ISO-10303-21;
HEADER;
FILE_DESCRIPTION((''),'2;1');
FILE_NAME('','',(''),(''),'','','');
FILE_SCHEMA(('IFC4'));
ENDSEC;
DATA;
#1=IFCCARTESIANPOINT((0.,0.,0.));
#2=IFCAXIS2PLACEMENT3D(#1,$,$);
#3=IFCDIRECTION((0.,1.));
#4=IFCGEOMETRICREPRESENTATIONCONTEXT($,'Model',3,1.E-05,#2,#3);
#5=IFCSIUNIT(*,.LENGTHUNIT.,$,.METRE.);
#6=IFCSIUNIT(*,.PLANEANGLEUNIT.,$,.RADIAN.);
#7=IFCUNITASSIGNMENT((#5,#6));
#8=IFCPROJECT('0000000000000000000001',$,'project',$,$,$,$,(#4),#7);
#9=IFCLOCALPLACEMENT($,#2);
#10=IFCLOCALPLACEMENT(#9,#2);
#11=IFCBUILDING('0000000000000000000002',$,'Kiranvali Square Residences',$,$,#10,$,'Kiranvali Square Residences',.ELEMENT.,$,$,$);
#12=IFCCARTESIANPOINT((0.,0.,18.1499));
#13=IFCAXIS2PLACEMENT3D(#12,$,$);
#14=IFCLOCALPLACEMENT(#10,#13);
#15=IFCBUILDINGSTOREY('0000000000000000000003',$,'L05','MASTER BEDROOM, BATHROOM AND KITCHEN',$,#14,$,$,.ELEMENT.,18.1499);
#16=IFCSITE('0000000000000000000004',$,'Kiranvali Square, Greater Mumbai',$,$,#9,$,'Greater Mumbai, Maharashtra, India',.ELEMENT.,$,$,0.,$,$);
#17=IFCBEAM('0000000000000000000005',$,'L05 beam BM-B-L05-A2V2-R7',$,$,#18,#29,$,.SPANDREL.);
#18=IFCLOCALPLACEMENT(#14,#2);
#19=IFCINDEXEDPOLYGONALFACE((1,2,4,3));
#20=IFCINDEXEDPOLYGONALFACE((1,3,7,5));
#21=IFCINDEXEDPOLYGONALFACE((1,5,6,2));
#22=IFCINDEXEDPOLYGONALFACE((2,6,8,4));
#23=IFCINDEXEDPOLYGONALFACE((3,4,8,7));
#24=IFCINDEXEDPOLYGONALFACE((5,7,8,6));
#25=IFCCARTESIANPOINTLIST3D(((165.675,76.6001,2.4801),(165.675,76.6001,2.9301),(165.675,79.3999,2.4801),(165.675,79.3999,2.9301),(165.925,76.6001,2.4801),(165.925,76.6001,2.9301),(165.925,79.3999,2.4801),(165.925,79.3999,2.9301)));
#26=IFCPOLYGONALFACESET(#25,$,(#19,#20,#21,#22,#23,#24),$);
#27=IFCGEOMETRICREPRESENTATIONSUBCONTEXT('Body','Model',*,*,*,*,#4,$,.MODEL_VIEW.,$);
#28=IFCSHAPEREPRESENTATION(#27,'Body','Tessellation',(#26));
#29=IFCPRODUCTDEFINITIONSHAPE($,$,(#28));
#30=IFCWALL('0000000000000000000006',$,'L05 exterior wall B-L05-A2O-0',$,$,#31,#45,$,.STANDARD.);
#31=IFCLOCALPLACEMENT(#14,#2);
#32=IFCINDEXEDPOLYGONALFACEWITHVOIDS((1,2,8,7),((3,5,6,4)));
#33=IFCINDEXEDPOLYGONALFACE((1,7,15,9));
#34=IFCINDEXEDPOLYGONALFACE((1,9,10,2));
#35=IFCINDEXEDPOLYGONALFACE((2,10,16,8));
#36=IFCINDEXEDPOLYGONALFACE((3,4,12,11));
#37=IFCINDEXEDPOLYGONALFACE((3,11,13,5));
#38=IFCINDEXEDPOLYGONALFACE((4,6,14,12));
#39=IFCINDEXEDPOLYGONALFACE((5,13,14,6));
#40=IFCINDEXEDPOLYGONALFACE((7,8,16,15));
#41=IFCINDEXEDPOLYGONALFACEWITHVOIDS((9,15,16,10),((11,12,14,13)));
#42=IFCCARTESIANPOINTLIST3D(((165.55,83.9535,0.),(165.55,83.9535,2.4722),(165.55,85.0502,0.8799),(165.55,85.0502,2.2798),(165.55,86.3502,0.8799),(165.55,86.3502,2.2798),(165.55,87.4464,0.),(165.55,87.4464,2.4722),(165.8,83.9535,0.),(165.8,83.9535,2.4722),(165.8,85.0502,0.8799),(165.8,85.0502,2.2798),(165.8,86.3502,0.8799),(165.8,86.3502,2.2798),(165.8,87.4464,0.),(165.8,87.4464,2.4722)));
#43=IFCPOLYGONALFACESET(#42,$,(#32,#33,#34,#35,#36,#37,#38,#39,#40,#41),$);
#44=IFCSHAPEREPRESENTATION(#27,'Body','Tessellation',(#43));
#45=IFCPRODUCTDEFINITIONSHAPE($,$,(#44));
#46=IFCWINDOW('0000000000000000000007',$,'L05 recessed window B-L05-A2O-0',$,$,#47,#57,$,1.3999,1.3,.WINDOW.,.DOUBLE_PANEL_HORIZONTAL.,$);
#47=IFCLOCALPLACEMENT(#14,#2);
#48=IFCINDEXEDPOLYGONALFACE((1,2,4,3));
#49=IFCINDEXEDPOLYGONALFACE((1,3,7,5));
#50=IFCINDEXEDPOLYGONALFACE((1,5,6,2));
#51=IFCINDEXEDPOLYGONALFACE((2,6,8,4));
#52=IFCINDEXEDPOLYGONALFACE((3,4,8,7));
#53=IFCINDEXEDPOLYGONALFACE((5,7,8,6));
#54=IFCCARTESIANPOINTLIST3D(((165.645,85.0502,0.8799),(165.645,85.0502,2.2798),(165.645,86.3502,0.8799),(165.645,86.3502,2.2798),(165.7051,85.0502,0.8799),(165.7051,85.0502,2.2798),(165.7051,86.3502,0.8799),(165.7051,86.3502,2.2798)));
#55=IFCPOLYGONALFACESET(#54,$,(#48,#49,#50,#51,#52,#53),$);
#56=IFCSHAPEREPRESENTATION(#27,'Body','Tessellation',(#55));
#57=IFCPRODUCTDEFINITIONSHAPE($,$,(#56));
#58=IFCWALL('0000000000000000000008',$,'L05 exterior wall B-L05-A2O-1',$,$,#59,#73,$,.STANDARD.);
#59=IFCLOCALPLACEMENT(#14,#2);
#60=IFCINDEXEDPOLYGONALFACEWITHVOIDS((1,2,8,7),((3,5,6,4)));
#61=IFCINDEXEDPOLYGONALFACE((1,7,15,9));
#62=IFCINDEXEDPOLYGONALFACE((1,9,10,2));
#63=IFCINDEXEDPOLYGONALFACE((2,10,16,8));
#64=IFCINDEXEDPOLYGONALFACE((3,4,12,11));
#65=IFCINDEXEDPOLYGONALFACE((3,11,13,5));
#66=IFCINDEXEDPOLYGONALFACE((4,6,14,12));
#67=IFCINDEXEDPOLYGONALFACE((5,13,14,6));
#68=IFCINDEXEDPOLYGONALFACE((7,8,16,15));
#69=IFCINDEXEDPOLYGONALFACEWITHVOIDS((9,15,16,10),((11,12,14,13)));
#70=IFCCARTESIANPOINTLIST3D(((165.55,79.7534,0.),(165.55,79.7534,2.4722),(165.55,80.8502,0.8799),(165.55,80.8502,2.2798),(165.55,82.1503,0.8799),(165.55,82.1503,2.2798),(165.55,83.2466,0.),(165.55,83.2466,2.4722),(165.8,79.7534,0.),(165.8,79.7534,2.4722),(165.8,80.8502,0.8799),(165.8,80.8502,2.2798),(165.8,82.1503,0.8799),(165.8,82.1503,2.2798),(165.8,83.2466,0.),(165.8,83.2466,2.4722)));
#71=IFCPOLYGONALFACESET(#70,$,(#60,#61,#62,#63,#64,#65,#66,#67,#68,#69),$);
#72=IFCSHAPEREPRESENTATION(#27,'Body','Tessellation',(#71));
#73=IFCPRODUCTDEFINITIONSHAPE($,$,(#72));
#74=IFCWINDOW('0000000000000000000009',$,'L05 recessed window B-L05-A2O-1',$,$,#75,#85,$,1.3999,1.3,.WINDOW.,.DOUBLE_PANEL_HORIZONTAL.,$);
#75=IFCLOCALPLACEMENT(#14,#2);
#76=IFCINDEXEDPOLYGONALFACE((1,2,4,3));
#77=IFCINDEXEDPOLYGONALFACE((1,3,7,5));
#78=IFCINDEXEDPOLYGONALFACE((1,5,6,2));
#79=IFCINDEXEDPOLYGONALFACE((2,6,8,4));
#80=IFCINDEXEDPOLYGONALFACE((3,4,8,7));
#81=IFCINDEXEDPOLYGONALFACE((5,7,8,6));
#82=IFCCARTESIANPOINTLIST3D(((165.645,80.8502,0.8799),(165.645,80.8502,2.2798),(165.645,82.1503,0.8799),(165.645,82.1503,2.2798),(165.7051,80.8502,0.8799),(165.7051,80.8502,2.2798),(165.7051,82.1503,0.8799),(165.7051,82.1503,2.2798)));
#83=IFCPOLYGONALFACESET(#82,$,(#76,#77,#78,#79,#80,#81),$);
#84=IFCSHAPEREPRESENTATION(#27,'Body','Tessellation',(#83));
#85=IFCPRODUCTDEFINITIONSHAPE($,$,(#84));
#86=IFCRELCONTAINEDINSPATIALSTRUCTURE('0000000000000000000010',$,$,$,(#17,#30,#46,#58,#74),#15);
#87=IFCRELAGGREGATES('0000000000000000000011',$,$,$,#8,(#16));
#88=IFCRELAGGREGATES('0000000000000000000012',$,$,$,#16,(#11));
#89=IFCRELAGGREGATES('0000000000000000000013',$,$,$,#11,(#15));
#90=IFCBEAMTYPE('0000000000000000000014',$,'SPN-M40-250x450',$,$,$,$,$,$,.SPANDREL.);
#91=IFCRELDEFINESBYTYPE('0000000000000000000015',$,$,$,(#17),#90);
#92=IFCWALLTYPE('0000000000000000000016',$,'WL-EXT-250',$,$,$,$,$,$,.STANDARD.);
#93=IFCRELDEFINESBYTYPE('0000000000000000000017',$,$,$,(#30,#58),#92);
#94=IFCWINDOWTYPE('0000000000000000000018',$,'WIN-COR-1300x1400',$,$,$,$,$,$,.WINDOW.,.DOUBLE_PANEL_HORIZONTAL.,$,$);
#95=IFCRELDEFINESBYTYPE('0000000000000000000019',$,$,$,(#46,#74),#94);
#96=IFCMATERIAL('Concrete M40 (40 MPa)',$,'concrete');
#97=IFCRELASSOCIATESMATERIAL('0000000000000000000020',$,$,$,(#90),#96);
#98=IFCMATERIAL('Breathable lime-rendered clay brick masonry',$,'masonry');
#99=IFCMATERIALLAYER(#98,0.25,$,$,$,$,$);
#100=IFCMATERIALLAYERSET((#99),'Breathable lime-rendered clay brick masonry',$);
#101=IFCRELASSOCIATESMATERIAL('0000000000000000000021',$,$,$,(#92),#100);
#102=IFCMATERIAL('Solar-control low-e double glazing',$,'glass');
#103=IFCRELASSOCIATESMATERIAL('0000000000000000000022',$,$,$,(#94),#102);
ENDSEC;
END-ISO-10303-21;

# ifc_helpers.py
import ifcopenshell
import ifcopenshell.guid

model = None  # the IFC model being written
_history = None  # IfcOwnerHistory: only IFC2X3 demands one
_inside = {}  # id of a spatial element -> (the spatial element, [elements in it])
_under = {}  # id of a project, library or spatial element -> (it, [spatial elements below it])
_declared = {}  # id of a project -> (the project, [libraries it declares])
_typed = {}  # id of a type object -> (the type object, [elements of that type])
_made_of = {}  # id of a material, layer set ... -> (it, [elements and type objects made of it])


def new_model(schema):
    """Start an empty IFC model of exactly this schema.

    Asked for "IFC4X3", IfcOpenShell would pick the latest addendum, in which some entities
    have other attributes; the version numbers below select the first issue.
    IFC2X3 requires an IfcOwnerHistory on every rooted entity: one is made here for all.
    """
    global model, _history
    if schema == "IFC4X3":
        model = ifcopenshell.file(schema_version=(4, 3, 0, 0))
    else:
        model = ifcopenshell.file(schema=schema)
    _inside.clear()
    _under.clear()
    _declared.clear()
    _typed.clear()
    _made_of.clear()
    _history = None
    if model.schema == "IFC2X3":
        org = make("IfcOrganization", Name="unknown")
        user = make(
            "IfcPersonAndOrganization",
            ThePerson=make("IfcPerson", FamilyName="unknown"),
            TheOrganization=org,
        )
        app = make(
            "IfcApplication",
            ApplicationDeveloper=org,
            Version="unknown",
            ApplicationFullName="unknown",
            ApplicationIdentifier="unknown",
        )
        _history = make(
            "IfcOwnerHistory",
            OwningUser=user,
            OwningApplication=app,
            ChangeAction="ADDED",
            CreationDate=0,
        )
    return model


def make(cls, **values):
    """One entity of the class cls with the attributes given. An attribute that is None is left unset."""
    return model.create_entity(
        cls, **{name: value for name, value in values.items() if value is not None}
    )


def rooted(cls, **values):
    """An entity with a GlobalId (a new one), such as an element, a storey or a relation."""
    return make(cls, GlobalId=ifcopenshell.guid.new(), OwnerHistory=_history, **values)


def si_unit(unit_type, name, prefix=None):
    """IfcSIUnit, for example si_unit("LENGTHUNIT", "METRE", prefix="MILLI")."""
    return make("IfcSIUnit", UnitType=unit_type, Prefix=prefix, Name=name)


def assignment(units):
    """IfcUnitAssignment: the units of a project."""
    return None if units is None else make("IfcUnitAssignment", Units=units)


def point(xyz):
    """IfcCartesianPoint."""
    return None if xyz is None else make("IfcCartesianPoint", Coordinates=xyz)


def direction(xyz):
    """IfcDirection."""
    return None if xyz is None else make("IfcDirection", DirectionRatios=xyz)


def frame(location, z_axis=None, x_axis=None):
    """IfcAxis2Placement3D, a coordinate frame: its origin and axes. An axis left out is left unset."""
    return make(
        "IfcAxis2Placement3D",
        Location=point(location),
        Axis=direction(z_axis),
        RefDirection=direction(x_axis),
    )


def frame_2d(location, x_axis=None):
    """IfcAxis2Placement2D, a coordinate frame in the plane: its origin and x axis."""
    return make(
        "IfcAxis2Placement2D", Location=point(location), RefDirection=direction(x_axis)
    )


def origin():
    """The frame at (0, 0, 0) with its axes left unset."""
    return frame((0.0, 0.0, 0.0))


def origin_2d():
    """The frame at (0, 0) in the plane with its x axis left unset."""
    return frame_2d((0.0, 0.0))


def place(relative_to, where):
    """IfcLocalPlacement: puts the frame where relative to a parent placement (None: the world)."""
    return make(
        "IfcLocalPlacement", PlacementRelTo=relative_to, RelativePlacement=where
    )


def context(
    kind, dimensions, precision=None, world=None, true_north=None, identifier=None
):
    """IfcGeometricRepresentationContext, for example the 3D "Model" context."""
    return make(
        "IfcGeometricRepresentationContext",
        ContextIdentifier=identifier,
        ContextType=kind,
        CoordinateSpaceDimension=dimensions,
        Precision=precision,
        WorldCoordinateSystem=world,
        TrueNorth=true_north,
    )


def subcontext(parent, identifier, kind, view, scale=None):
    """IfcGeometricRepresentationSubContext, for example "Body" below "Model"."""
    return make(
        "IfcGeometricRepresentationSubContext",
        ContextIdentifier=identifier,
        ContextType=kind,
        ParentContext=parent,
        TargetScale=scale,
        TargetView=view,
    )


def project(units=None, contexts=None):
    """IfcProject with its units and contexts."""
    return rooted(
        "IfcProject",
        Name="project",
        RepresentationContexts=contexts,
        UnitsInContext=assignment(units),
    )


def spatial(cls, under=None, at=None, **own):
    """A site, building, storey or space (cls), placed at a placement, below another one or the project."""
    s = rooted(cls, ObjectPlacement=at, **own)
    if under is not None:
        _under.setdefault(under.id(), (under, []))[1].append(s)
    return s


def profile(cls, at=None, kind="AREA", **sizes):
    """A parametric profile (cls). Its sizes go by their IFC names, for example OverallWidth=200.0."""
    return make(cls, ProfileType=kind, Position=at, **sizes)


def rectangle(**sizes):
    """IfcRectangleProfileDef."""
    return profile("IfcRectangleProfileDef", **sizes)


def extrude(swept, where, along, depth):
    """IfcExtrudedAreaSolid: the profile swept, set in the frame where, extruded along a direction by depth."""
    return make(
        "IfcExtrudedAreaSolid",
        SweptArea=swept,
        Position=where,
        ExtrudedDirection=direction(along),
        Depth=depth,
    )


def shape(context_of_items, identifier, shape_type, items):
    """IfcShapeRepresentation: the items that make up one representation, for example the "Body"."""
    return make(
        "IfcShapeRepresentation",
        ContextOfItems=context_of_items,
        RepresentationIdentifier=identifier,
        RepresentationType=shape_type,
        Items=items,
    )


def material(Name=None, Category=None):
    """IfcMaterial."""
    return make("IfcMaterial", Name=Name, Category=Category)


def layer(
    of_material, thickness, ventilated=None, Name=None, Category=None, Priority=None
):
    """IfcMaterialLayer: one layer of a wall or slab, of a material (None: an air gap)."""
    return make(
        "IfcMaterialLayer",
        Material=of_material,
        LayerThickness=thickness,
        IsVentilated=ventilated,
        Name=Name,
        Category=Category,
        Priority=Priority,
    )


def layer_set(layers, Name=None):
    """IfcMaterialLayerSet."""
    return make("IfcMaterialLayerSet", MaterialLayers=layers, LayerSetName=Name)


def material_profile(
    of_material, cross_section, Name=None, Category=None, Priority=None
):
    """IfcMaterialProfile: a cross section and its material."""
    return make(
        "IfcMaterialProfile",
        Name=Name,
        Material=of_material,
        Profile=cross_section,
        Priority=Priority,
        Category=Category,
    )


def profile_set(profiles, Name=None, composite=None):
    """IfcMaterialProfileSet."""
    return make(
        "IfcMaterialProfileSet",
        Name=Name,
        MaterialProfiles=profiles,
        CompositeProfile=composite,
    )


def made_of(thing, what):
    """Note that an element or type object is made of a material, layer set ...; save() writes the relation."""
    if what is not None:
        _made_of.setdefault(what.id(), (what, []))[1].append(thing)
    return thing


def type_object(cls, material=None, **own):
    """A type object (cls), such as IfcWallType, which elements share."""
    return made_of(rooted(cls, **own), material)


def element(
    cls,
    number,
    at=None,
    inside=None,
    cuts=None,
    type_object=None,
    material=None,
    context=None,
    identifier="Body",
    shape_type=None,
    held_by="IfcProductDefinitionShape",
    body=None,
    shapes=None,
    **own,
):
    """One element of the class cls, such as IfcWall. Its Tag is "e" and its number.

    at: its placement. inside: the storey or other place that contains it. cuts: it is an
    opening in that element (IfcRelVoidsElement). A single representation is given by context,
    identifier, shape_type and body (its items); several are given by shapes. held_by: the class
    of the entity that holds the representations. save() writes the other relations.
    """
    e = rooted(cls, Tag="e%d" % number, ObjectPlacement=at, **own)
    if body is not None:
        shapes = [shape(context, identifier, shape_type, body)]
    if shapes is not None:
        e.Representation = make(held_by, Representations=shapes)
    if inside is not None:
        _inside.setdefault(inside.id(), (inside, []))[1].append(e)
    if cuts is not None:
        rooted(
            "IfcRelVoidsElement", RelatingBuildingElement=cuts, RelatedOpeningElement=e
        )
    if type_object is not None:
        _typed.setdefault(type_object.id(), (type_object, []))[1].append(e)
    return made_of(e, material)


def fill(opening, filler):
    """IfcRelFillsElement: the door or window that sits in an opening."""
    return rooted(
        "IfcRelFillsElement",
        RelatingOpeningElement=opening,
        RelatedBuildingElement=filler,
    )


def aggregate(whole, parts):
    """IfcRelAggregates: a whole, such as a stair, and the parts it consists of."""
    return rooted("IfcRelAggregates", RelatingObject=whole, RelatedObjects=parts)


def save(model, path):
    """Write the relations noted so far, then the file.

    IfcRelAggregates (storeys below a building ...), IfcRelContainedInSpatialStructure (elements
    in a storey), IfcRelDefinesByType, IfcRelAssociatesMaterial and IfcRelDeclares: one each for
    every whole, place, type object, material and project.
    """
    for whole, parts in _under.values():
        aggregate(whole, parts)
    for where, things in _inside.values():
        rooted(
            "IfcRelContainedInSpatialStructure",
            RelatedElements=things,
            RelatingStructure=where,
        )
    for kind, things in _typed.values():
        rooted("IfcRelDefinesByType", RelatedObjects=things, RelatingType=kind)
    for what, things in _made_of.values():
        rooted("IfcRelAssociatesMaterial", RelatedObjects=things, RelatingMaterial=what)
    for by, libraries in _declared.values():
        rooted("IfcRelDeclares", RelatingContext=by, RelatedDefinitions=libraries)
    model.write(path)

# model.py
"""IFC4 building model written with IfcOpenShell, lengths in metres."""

from ifc_helpers import new_model, si_unit, direction, frame, frame_2d, origin, origin_2d, place, context, subcontext, project, spatial, rectangle, extrude, material, layer, layer_set, material_profile, profile_set, type_object, element, fill, save


model = new_model("IFC4")

# Units and contexts
model_context = context("Model", 3, precision=1e-05, world=origin(), true_north=direction((0.0, 1.0)))
body_context = subcontext(model_context, "Body", "Model", "MODEL_VIEW")
ifc_project = project(units=[si_unit("LENGTHUNIT", "METRE"), si_unit("PLANEANGLEUNIT", "RADIAN")], contexts=[model_context])

# Site, building, storey
site_placement = place(None, origin())
site = spatial("IfcSite", under=ifc_project, at=site_placement, Name="Kiranvali Square, Greater Mumbai", LongName="Greater Mumbai, Maharashtra, India", CompositionType="ELEMENT", RefElevation=0.0)
building_placement = place(site_placement, origin())
building = spatial("IfcBuilding", under=site, at=building_placement, Name="Kiranvali Square Residences", LongName="Kiranvali Square Residences", CompositionType="ELEMENT")
storey_placement = place(building_placement, frame((0.0, 0.0, 18.1499)))
storey = spatial("IfcBuildingStorey", under=building, at=storey_placement, Name="L05", Description="MASTER BEDROOM, BATHROOM AND KITCHEN", CompositionType="ELEMENT", Elevation=18.1499)

# Beam
ifc_material_1 = material(Name="Concrete M40 (40 MPa)", Category="concrete")
ifc_material_profile_1 = material_profile(ifc_material_1, rectangle(XDim=0.25, YDim=0.45, at=origin_2d()), Name="RC 250x450")
ifc_profile_set_1 = profile_set([ifc_material_profile_1], Name="Concrete M40 (40 MPa)")
beam_type_1 = type_object("IfcBeamType", Name="SPN-M40-250x450", PredefinedType="SPANDREL", material=ifc_profile_set_1)
beam_1_placement = place(storey_placement, frame((165.8, 79.3999, 2.7051), z_axis=(0.0, -1.0, 0.0), x_axis=(1.0, 0.0, 0.0)))
element("IfcBeam", 1, at=beam_1_placement, inside=storey, type_object=beam_type_1, Name="L05 beam BM-B-L05-A2V2-R7", PredefinedType="SPANDREL", context=body_context, shape_type="SweptSolid", body=[
    extrude(rectangle(XDim=0.25, YDim=0.45, at=origin_2d()), origin(), (0.0, 0.0, 1.0), 2.7998),
])

# Walls, openings, windows
ifc_material_2 = material(Name="Breathable lime-rendered clay brick masonry", Category="masonry")
ifc_layer = layer(ifc_material_2, 0.25)
ifc_layer_set = layer_set([ifc_layer], Name="Breathable lime-rendered clay brick masonry")
wall_type = type_object("IfcWallType", Name="WL-EXT-250", PredefinedType="STANDARD", material=ifc_layer_set)
wall_1_placement = place(storey_placement, frame((165.675, 87.4465, 0.0), z_axis=(0.0, 0.0, 1.0), x_axis=(0.0, -1.0, 0.0)))
wall_1 = element("IfcWall", 2, at=wall_1_placement, inside=storey, type_object=wall_type, Name="L05 exterior wall B-L05-A2O-0", PredefinedType="STANDARD", context=body_context, shape_type="SweptSolid", body=[
    extrude(rectangle(XDim=3.4929, YDim=0.25, at=frame_2d((1.7466, 0.0))), origin(), (0.0, 0.0, 1.0), 2.4722),
])
opening_1_placement = place(wall_1_placement, frame((1.0964, 0.0, 0.8799)))
opening_1 = element("IfcOpeningElement", 3, at=opening_1_placement, cuts=wall_1, PredefinedType="OPENING", context=body_context, shape_type="SweptSolid", body=[
    extrude(rectangle(XDim=1.3, YDim=1.3999, at=frame_2d((0.6499, 0.7))), frame((0.0, 0.135, 0.0), z_axis=(0.0, -1.0, 0.0), x_axis=(1.0, 0.0, 0.0)), (0.0, 0.0, 1.0), 0.27),
])
ifc_material_3 = material(Name="Solar-control low-e double glazing", Category="glass")
window_type = type_object("IfcWindowType", Name="WIN-COR-1300x1400", PartitioningType="DOUBLE_PANEL_HORIZONTAL", PredefinedType="WINDOW", material=ifc_material_3)
window_1_placement = place(opening_1_placement, origin())
window_1 = element("IfcWindow", 4, at=window_1_placement, inside=storey, type_object=window_type, Name="L05 recessed window B-L05-A2O-0", OverallHeight=1.3999, OverallWidth=1.3, PartitioningType="DOUBLE_PANEL_HORIZONTAL", PredefinedType="WINDOW", context=body_context, shape_type="SweptSolid", body=[
    extrude(rectangle(XDim=1.3, YDim=1.3999, at=frame_2d((0.6499, 0.7))), frame((0.0, 0.03, 0.0), z_axis=(0.0, -1.0, 0.0), x_axis=(1.0, 0.0, 0.0)), (0.0, 0.0, 1.0), 0.0601),
])
fill(opening_1, window_1)
wall_2_placement = place(storey_placement, frame((165.675, 83.2466, 0.0), z_axis=(0.0, 0.0, 1.0), x_axis=(0.0, -1.0, 0.0)))
wall_2 = element("IfcWall", 5, at=wall_2_placement, inside=storey, type_object=wall_type, Name="L05 exterior wall B-L05-A2O-1", PredefinedType="STANDARD", context=body_context, shape_type="SweptSolid", body=[
    extrude(rectangle(XDim=3.4932, YDim=0.25, at=frame_2d((1.7466, 0.0))), origin(), (0.0, 0.0, 1.0), 2.4722),
])
opening_2_placement = place(wall_2_placement, frame((1.0964, 0.0, 0.8799)))
opening_2 = element("IfcOpeningElement", 6, at=opening_2_placement, cuts=wall_2, PredefinedType="OPENING", context=body_context, shape_type="SweptSolid", body=[
    extrude(rectangle(XDim=1.3, YDim=1.3999, at=frame_2d((0.6499, 0.7))), frame((0.0, 0.135, 0.0), z_axis=(0.0, -1.0, 0.0), x_axis=(1.0, 0.0, 0.0)), (0.0, 0.0, 1.0), 0.27),
])
window_2_placement = place(opening_2_placement, origin())
window_2 = element("IfcWindow", 7, at=window_2_placement, inside=storey, type_object=window_type, Name="L05 recessed window B-L05-A2O-1", OverallHeight=1.3999, OverallWidth=1.3, PartitioningType="DOUBLE_PANEL_HORIZONTAL", PredefinedType="WINDOW", context=body_context, shape_type="SweptSolid", body=[
    extrude(rectangle(XDim=1.3, YDim=1.3999, at=frame_2d((0.6499, 0.7))), frame((0.0, 0.03, 0.0), z_axis=(0.0, -1.0, 0.0), x_axis=(1.0, 0.0, 0.0)), (0.0, 0.0, 1.0), 0.0601),
])
fill(opening_2, window_2)

save(model, "model.ifc")
